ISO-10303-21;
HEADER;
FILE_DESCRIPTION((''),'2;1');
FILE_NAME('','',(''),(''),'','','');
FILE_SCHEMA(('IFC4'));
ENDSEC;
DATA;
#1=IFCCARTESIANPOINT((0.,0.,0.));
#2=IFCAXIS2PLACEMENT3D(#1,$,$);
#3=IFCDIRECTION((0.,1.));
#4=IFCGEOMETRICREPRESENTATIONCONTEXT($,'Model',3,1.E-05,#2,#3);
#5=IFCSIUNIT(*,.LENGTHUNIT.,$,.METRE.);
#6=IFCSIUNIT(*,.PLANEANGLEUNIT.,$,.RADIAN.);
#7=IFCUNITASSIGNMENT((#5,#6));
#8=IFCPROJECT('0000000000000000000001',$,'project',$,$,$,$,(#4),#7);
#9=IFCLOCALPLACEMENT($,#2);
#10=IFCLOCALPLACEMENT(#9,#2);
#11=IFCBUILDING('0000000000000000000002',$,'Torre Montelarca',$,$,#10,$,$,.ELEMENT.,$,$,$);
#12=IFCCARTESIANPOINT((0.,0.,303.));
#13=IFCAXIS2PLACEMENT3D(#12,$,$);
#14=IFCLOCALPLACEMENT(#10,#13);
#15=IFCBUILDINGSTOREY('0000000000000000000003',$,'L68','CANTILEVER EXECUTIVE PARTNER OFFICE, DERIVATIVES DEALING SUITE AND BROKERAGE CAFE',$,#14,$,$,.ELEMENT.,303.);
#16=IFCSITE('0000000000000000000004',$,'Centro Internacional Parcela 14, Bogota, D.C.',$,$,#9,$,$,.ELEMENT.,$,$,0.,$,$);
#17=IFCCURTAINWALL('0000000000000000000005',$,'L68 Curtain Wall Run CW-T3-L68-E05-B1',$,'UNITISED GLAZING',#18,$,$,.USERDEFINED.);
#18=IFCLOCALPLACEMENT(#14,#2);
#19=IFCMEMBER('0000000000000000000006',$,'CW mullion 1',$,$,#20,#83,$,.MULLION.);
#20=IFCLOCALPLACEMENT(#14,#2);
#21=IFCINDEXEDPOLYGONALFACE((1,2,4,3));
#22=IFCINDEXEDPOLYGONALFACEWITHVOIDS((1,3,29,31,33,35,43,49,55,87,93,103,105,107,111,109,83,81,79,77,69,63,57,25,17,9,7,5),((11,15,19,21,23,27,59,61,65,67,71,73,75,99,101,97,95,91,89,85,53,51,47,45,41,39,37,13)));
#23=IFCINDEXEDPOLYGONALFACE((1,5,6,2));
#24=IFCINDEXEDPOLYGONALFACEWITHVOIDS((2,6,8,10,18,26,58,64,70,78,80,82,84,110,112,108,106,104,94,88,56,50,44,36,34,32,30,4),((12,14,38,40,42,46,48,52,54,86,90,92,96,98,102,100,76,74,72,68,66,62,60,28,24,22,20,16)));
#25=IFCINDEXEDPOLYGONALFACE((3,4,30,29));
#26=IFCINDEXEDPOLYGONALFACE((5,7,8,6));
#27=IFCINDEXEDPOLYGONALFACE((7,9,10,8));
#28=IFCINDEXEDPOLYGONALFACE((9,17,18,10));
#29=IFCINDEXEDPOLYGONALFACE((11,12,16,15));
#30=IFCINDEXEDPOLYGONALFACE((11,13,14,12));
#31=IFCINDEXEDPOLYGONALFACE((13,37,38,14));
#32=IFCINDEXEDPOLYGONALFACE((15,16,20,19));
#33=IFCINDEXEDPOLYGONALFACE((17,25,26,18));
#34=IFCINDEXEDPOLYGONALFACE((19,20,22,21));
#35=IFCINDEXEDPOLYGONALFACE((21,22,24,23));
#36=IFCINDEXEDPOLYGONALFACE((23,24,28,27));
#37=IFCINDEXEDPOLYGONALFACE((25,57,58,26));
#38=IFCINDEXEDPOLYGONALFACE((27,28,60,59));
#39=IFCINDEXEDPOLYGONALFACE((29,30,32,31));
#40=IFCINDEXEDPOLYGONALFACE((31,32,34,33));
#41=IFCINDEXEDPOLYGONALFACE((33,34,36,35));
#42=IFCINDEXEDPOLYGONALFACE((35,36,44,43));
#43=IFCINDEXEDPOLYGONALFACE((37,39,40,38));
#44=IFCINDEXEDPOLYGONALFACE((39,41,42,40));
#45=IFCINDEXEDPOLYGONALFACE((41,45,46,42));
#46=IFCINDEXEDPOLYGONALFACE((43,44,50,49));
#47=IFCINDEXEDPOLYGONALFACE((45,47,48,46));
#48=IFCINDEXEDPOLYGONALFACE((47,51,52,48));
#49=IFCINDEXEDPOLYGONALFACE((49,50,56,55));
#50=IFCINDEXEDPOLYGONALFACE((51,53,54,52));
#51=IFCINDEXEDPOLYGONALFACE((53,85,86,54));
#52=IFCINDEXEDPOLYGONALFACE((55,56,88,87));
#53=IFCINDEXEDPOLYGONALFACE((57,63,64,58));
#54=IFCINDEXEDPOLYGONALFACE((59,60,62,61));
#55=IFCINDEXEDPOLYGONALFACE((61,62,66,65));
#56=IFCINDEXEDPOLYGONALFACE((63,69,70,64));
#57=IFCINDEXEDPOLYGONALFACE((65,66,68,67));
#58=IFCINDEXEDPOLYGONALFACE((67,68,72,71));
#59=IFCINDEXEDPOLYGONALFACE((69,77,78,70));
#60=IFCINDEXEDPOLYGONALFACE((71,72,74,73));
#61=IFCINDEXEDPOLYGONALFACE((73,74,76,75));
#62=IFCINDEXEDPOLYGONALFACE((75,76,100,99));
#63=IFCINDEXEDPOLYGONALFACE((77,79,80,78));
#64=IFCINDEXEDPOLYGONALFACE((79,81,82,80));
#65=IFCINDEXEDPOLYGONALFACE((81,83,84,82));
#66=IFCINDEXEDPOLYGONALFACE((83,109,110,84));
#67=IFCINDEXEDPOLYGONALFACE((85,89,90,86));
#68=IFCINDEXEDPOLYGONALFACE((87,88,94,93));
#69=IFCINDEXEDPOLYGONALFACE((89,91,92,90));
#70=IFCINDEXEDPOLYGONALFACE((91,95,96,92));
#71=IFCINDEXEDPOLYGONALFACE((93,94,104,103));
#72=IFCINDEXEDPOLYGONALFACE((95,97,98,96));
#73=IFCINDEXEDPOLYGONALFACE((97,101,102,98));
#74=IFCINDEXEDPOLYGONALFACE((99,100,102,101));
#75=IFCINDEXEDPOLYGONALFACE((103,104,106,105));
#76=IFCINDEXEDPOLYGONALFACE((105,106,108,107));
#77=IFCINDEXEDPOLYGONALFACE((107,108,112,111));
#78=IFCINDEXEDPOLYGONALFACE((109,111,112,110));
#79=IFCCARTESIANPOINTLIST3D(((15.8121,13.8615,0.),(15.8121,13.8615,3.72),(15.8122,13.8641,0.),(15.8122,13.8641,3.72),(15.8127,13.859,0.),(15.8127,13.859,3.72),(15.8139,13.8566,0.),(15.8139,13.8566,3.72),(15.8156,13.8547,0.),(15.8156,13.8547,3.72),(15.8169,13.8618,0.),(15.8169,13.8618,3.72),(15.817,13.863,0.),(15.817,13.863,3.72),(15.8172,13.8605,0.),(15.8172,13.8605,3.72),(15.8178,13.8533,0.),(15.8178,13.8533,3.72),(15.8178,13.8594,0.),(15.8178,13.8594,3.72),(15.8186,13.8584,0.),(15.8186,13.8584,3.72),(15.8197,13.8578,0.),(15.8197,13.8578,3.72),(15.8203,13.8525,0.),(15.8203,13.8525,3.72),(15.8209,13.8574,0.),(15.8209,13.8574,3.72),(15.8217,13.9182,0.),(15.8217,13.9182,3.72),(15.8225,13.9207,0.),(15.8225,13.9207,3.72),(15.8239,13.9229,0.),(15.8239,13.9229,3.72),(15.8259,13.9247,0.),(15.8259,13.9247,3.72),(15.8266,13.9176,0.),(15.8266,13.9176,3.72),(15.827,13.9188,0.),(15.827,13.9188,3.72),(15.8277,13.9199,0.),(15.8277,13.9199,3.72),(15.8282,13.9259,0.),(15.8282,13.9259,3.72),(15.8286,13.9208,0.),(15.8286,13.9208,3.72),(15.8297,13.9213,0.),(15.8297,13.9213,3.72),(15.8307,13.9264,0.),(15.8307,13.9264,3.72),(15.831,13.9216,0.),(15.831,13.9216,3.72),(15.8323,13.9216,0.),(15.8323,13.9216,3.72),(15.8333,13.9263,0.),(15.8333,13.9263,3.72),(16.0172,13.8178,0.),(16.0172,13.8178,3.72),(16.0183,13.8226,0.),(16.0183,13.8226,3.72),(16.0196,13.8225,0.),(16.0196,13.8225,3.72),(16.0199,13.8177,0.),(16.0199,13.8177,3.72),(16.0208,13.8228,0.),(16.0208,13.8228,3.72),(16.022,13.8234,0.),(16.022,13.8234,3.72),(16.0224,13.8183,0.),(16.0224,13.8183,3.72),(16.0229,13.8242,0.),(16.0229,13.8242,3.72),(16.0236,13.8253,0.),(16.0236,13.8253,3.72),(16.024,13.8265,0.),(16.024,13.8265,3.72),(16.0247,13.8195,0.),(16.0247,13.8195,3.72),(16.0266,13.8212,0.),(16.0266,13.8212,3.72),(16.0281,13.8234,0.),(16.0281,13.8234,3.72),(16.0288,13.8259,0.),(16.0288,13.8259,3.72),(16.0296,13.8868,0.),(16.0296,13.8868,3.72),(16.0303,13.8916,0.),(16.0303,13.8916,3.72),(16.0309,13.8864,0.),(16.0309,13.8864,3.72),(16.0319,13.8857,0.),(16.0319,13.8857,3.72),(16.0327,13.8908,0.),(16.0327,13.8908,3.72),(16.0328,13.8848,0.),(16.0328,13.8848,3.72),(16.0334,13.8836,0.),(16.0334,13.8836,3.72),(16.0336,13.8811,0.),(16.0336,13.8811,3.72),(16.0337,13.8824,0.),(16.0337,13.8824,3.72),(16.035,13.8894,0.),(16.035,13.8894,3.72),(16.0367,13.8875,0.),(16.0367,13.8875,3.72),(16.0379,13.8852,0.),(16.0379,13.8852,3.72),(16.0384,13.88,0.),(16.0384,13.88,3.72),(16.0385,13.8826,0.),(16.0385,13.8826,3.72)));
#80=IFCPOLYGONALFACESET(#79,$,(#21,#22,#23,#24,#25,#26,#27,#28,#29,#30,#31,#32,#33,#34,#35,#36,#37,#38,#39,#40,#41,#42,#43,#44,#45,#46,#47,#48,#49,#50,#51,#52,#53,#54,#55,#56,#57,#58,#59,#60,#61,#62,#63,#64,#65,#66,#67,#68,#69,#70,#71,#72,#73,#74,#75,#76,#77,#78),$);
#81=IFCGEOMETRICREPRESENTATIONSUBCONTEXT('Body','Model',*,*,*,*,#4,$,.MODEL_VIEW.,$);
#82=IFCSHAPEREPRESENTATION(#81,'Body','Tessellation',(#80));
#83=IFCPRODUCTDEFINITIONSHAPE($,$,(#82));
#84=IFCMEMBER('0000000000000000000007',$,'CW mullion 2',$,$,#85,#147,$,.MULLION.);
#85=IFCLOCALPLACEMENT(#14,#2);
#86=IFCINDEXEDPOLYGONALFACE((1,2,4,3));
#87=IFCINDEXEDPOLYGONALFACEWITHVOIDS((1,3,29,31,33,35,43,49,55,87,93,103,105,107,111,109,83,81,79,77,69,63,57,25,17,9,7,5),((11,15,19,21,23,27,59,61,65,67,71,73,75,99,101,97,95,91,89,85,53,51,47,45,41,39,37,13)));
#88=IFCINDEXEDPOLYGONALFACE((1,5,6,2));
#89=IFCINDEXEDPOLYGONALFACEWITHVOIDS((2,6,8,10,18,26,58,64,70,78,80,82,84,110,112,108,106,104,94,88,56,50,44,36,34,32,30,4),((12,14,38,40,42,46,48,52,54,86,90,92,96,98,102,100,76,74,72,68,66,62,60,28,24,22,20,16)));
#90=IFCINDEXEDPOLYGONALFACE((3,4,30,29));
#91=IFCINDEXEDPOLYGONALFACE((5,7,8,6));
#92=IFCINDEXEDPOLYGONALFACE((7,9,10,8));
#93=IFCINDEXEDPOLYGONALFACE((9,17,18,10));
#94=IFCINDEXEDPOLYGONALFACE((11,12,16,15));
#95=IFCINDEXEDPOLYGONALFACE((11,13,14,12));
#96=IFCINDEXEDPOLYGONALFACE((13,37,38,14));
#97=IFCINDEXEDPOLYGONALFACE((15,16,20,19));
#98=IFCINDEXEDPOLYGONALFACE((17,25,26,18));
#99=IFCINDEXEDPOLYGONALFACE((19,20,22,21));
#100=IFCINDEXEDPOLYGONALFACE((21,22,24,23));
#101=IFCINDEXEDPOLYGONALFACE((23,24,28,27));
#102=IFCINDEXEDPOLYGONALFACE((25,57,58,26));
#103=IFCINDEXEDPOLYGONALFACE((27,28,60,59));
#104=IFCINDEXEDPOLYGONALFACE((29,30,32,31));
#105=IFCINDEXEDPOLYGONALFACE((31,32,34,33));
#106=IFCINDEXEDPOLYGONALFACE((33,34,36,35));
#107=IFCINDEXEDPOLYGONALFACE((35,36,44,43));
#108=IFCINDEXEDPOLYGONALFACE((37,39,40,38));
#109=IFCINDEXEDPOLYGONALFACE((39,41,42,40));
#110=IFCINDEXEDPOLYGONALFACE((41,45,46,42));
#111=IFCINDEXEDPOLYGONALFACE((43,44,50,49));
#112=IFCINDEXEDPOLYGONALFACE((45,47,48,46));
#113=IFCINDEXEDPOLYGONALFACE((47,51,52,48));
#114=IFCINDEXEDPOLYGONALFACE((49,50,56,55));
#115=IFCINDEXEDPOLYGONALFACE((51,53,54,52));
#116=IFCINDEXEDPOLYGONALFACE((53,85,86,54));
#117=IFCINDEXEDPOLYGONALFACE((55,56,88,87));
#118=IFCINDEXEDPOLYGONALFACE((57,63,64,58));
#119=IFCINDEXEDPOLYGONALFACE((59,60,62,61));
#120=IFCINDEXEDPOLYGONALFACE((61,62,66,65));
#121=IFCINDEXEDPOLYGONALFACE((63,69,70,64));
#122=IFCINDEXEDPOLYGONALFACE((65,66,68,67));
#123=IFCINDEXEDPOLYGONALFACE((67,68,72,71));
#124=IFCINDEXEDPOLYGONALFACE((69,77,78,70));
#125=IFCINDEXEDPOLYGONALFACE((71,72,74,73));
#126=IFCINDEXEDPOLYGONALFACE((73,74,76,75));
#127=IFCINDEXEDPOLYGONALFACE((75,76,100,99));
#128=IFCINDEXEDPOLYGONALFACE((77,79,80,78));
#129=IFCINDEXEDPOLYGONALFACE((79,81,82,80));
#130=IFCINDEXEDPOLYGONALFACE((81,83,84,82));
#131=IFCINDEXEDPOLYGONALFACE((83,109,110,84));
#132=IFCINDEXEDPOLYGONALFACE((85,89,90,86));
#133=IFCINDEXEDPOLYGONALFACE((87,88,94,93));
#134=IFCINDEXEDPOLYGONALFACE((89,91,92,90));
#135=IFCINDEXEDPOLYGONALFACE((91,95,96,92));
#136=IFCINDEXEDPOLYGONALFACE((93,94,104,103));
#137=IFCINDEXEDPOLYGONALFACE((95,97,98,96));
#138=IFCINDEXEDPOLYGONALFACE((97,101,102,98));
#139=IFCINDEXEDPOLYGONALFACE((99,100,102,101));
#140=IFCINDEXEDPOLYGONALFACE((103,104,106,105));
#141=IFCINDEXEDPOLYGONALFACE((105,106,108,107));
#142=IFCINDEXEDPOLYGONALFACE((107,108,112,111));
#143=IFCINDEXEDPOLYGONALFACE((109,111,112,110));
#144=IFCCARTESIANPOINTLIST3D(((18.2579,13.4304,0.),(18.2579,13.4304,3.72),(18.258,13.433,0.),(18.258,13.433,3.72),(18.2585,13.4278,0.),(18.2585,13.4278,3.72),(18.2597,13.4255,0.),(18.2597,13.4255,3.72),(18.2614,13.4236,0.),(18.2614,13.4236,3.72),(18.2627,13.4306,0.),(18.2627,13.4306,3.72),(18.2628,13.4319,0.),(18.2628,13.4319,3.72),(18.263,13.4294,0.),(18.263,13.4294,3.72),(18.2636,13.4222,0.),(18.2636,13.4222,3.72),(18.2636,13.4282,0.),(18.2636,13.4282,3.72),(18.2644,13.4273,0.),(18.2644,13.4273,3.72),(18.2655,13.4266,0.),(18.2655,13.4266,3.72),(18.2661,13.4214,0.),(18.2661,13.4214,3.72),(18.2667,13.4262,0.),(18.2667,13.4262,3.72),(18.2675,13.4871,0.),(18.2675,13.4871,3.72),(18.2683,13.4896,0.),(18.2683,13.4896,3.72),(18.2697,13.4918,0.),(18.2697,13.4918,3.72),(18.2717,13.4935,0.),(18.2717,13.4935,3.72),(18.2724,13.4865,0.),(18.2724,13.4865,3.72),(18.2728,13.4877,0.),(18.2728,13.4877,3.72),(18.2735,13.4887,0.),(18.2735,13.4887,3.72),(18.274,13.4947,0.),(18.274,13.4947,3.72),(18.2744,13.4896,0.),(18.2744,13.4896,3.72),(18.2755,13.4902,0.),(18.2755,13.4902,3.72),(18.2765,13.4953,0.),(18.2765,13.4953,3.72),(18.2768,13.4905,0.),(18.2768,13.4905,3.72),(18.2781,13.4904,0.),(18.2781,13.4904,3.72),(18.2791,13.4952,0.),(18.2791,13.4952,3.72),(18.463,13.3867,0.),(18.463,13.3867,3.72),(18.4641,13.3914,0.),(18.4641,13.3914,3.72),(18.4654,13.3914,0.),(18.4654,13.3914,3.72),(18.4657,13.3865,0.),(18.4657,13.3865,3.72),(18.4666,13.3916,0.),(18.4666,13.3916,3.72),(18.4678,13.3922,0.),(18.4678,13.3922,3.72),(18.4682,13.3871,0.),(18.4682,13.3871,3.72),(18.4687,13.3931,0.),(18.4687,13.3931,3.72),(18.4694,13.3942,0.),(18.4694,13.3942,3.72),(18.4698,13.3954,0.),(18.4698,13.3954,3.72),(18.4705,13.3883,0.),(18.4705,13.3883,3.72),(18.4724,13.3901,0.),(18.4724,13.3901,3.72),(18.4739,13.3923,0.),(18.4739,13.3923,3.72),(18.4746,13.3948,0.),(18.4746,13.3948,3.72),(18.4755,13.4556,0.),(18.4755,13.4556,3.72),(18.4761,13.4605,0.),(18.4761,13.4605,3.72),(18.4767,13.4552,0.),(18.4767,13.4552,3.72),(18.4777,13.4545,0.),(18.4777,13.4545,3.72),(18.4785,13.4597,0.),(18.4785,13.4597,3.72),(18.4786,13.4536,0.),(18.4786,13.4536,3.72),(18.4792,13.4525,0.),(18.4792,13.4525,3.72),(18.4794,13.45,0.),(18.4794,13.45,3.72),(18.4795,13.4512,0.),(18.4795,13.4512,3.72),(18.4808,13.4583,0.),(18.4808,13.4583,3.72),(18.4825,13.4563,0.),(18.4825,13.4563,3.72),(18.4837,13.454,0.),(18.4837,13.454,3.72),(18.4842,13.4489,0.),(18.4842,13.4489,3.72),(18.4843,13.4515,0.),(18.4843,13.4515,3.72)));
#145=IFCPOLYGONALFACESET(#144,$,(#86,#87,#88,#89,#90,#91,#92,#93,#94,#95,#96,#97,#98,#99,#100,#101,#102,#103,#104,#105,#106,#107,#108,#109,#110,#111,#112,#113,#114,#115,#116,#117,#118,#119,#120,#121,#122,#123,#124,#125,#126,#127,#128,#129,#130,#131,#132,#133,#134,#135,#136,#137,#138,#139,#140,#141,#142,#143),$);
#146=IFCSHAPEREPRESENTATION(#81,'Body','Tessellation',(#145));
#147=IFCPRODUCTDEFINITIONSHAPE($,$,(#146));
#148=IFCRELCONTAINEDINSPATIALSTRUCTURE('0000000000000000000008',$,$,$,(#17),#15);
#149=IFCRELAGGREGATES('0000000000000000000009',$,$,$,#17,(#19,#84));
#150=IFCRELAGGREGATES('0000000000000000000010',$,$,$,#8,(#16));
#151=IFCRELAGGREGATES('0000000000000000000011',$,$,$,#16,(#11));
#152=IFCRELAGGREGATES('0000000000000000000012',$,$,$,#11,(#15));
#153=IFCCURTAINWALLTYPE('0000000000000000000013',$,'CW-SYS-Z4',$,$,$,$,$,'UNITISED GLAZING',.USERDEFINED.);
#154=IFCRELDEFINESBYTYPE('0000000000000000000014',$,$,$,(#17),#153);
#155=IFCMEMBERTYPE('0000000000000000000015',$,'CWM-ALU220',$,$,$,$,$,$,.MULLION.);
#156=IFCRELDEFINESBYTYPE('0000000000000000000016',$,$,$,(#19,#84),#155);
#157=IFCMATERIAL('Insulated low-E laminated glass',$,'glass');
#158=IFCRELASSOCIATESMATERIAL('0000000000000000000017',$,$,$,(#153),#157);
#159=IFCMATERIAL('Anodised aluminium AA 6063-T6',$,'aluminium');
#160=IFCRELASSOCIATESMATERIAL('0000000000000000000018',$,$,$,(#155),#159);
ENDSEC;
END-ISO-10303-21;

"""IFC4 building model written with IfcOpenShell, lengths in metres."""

from ifc_helpers import new_model, si_unit, direction, frame, origin, origin_2d, place, context, subcontext, project, spatial, hollow_rectangle, extrude, source, transform, mapped, material, material_profile, profile_set, type_object, element, aggregate, save


model = new_model("IFC4")

# Units and contexts
model_context = context("Model", 3, precision=1e-05, world=origin(), true_north=direction((0.0, 1.0)))
body_context = subcontext(model_context, "Body", "Model", "MODEL_VIEW")
ifc_project = project(units=[si_unit("LENGTHUNIT", "METRE"), si_unit("PLANEANGLEUNIT", "RADIAN")], contexts=[model_context])

# Site, building, storey
site_placement = place(None, origin())
site = spatial("IfcSite", under=ifc_project, at=site_placement, Name="Centro Internacional Parcela 14, Bogota, D.C.", CompositionType="ELEMENT", RefElevation=0.0)
building_placement = place(site_placement, origin())
building = spatial("IfcBuilding", under=site, at=building_placement, Name="Torre Montelarca", CompositionType="ELEMENT")
storey_placement = place(building_placement, frame((0.0, 0.0, 303.0)))
storey = spatial("IfcBuildingStorey", under=building, at=storey_placement, Name="L68", Description="CANTILEVER EXECUTIVE PARTNER OFFICE, DERIVATIVES DEALING SUITE AND BROKERAGE CAFE", CompositionType="ELEMENT", Elevation=303.0)

# Shared definitions
ifc_material_1 = material(Name="Insulated low-E laminated glass", Category="glass")
curtain_wall_type = type_object("IfcCurtainWallType", Name="CW-SYS-Z4", ElementType="UNITISED GLAZING", PredefinedType="USERDEFINED", material=ifc_material_1)
ifc_material_2 = material(Name="Anodised aluminium AA 6063-T6", Category="aluminium")

# Shared definitions
ifc_material_profile_1 = material_profile(ifc_material_2, hollow_rectangle(XDim=0.075, YDim=0.22, WallThickness=0.0049, InnerFilletRadius=0.0049, OuterFilletRadius=0.01, at=origin_2d()), Name="ALU75X220X5", Category="aluminium")
ifc_profile_set_1 = profile_set([ifc_material_profile_1], Name="Anodised aluminium AA 6063-T6")
member_type_1 = type_object("IfcMemberType", Name="CWM-ALU220", PredefinedType="MULLION", material=ifc_profile_set_1)
shared_shape_1 = source(origin(), body_context, "Body", "SweptSolid", [
    extrude(hollow_rectangle(XDim=0.075, YDim=0.22, WallThickness=0.0049, InnerFilletRadius=0.0049, OuterFilletRadius=0.01, at=origin_2d()), origin(), (0.0, 0.0, 1.0), 3.72),
])

# Curtain wall, members
curtain_wall_1_placement = place(storey_placement, origin())
curtain_wall_1 = element("IfcCurtainWall", 1, at=curtain_wall_1_placement, inside=storey, type_object=curtain_wall_type, Name="L68 Curtain Wall Run CW-T3-L68-E05-B1", ObjectType="UNITISED GLAZING", PredefinedType="USERDEFINED")
member_1_placement = place(storey_placement, frame((15.9253, 13.8721, 0.0), z_axis=(0.0, 0.0, 1.0), x_axis=(0.173635, 0.98481, 0.0)))
member_1 = element("IfcMember", 2, at=member_1_placement, type_object=member_type_1, Name="CW mullion 1", PredefinedType="MULLION", context=body_context, shape_type="MappedRepresentation", body=[
    mapped(shared_shape_1, transform((0.0, 0.0, 0.0), scale=1.0)),
])
member_2_placement = place(storey_placement, frame((18.3711, 13.4409, 0.0), z_axis=(0.0, 0.0, 1.0), x_axis=(0.173635, 0.98481, 0.0)))
member_2 = element("IfcMember", 3, at=member_2_placement, type_object=member_type_1, Name="CW mullion 2", PredefinedType="MULLION", context=body_context, shape_type="MappedRepresentation", body=[
    mapped(shared_shape_1, transform((0.0, 0.0, 0.0), scale=1.0)),
])

aggregate(curtain_wall_1, [member_1, member_2])

save(model, "model.ifc")
